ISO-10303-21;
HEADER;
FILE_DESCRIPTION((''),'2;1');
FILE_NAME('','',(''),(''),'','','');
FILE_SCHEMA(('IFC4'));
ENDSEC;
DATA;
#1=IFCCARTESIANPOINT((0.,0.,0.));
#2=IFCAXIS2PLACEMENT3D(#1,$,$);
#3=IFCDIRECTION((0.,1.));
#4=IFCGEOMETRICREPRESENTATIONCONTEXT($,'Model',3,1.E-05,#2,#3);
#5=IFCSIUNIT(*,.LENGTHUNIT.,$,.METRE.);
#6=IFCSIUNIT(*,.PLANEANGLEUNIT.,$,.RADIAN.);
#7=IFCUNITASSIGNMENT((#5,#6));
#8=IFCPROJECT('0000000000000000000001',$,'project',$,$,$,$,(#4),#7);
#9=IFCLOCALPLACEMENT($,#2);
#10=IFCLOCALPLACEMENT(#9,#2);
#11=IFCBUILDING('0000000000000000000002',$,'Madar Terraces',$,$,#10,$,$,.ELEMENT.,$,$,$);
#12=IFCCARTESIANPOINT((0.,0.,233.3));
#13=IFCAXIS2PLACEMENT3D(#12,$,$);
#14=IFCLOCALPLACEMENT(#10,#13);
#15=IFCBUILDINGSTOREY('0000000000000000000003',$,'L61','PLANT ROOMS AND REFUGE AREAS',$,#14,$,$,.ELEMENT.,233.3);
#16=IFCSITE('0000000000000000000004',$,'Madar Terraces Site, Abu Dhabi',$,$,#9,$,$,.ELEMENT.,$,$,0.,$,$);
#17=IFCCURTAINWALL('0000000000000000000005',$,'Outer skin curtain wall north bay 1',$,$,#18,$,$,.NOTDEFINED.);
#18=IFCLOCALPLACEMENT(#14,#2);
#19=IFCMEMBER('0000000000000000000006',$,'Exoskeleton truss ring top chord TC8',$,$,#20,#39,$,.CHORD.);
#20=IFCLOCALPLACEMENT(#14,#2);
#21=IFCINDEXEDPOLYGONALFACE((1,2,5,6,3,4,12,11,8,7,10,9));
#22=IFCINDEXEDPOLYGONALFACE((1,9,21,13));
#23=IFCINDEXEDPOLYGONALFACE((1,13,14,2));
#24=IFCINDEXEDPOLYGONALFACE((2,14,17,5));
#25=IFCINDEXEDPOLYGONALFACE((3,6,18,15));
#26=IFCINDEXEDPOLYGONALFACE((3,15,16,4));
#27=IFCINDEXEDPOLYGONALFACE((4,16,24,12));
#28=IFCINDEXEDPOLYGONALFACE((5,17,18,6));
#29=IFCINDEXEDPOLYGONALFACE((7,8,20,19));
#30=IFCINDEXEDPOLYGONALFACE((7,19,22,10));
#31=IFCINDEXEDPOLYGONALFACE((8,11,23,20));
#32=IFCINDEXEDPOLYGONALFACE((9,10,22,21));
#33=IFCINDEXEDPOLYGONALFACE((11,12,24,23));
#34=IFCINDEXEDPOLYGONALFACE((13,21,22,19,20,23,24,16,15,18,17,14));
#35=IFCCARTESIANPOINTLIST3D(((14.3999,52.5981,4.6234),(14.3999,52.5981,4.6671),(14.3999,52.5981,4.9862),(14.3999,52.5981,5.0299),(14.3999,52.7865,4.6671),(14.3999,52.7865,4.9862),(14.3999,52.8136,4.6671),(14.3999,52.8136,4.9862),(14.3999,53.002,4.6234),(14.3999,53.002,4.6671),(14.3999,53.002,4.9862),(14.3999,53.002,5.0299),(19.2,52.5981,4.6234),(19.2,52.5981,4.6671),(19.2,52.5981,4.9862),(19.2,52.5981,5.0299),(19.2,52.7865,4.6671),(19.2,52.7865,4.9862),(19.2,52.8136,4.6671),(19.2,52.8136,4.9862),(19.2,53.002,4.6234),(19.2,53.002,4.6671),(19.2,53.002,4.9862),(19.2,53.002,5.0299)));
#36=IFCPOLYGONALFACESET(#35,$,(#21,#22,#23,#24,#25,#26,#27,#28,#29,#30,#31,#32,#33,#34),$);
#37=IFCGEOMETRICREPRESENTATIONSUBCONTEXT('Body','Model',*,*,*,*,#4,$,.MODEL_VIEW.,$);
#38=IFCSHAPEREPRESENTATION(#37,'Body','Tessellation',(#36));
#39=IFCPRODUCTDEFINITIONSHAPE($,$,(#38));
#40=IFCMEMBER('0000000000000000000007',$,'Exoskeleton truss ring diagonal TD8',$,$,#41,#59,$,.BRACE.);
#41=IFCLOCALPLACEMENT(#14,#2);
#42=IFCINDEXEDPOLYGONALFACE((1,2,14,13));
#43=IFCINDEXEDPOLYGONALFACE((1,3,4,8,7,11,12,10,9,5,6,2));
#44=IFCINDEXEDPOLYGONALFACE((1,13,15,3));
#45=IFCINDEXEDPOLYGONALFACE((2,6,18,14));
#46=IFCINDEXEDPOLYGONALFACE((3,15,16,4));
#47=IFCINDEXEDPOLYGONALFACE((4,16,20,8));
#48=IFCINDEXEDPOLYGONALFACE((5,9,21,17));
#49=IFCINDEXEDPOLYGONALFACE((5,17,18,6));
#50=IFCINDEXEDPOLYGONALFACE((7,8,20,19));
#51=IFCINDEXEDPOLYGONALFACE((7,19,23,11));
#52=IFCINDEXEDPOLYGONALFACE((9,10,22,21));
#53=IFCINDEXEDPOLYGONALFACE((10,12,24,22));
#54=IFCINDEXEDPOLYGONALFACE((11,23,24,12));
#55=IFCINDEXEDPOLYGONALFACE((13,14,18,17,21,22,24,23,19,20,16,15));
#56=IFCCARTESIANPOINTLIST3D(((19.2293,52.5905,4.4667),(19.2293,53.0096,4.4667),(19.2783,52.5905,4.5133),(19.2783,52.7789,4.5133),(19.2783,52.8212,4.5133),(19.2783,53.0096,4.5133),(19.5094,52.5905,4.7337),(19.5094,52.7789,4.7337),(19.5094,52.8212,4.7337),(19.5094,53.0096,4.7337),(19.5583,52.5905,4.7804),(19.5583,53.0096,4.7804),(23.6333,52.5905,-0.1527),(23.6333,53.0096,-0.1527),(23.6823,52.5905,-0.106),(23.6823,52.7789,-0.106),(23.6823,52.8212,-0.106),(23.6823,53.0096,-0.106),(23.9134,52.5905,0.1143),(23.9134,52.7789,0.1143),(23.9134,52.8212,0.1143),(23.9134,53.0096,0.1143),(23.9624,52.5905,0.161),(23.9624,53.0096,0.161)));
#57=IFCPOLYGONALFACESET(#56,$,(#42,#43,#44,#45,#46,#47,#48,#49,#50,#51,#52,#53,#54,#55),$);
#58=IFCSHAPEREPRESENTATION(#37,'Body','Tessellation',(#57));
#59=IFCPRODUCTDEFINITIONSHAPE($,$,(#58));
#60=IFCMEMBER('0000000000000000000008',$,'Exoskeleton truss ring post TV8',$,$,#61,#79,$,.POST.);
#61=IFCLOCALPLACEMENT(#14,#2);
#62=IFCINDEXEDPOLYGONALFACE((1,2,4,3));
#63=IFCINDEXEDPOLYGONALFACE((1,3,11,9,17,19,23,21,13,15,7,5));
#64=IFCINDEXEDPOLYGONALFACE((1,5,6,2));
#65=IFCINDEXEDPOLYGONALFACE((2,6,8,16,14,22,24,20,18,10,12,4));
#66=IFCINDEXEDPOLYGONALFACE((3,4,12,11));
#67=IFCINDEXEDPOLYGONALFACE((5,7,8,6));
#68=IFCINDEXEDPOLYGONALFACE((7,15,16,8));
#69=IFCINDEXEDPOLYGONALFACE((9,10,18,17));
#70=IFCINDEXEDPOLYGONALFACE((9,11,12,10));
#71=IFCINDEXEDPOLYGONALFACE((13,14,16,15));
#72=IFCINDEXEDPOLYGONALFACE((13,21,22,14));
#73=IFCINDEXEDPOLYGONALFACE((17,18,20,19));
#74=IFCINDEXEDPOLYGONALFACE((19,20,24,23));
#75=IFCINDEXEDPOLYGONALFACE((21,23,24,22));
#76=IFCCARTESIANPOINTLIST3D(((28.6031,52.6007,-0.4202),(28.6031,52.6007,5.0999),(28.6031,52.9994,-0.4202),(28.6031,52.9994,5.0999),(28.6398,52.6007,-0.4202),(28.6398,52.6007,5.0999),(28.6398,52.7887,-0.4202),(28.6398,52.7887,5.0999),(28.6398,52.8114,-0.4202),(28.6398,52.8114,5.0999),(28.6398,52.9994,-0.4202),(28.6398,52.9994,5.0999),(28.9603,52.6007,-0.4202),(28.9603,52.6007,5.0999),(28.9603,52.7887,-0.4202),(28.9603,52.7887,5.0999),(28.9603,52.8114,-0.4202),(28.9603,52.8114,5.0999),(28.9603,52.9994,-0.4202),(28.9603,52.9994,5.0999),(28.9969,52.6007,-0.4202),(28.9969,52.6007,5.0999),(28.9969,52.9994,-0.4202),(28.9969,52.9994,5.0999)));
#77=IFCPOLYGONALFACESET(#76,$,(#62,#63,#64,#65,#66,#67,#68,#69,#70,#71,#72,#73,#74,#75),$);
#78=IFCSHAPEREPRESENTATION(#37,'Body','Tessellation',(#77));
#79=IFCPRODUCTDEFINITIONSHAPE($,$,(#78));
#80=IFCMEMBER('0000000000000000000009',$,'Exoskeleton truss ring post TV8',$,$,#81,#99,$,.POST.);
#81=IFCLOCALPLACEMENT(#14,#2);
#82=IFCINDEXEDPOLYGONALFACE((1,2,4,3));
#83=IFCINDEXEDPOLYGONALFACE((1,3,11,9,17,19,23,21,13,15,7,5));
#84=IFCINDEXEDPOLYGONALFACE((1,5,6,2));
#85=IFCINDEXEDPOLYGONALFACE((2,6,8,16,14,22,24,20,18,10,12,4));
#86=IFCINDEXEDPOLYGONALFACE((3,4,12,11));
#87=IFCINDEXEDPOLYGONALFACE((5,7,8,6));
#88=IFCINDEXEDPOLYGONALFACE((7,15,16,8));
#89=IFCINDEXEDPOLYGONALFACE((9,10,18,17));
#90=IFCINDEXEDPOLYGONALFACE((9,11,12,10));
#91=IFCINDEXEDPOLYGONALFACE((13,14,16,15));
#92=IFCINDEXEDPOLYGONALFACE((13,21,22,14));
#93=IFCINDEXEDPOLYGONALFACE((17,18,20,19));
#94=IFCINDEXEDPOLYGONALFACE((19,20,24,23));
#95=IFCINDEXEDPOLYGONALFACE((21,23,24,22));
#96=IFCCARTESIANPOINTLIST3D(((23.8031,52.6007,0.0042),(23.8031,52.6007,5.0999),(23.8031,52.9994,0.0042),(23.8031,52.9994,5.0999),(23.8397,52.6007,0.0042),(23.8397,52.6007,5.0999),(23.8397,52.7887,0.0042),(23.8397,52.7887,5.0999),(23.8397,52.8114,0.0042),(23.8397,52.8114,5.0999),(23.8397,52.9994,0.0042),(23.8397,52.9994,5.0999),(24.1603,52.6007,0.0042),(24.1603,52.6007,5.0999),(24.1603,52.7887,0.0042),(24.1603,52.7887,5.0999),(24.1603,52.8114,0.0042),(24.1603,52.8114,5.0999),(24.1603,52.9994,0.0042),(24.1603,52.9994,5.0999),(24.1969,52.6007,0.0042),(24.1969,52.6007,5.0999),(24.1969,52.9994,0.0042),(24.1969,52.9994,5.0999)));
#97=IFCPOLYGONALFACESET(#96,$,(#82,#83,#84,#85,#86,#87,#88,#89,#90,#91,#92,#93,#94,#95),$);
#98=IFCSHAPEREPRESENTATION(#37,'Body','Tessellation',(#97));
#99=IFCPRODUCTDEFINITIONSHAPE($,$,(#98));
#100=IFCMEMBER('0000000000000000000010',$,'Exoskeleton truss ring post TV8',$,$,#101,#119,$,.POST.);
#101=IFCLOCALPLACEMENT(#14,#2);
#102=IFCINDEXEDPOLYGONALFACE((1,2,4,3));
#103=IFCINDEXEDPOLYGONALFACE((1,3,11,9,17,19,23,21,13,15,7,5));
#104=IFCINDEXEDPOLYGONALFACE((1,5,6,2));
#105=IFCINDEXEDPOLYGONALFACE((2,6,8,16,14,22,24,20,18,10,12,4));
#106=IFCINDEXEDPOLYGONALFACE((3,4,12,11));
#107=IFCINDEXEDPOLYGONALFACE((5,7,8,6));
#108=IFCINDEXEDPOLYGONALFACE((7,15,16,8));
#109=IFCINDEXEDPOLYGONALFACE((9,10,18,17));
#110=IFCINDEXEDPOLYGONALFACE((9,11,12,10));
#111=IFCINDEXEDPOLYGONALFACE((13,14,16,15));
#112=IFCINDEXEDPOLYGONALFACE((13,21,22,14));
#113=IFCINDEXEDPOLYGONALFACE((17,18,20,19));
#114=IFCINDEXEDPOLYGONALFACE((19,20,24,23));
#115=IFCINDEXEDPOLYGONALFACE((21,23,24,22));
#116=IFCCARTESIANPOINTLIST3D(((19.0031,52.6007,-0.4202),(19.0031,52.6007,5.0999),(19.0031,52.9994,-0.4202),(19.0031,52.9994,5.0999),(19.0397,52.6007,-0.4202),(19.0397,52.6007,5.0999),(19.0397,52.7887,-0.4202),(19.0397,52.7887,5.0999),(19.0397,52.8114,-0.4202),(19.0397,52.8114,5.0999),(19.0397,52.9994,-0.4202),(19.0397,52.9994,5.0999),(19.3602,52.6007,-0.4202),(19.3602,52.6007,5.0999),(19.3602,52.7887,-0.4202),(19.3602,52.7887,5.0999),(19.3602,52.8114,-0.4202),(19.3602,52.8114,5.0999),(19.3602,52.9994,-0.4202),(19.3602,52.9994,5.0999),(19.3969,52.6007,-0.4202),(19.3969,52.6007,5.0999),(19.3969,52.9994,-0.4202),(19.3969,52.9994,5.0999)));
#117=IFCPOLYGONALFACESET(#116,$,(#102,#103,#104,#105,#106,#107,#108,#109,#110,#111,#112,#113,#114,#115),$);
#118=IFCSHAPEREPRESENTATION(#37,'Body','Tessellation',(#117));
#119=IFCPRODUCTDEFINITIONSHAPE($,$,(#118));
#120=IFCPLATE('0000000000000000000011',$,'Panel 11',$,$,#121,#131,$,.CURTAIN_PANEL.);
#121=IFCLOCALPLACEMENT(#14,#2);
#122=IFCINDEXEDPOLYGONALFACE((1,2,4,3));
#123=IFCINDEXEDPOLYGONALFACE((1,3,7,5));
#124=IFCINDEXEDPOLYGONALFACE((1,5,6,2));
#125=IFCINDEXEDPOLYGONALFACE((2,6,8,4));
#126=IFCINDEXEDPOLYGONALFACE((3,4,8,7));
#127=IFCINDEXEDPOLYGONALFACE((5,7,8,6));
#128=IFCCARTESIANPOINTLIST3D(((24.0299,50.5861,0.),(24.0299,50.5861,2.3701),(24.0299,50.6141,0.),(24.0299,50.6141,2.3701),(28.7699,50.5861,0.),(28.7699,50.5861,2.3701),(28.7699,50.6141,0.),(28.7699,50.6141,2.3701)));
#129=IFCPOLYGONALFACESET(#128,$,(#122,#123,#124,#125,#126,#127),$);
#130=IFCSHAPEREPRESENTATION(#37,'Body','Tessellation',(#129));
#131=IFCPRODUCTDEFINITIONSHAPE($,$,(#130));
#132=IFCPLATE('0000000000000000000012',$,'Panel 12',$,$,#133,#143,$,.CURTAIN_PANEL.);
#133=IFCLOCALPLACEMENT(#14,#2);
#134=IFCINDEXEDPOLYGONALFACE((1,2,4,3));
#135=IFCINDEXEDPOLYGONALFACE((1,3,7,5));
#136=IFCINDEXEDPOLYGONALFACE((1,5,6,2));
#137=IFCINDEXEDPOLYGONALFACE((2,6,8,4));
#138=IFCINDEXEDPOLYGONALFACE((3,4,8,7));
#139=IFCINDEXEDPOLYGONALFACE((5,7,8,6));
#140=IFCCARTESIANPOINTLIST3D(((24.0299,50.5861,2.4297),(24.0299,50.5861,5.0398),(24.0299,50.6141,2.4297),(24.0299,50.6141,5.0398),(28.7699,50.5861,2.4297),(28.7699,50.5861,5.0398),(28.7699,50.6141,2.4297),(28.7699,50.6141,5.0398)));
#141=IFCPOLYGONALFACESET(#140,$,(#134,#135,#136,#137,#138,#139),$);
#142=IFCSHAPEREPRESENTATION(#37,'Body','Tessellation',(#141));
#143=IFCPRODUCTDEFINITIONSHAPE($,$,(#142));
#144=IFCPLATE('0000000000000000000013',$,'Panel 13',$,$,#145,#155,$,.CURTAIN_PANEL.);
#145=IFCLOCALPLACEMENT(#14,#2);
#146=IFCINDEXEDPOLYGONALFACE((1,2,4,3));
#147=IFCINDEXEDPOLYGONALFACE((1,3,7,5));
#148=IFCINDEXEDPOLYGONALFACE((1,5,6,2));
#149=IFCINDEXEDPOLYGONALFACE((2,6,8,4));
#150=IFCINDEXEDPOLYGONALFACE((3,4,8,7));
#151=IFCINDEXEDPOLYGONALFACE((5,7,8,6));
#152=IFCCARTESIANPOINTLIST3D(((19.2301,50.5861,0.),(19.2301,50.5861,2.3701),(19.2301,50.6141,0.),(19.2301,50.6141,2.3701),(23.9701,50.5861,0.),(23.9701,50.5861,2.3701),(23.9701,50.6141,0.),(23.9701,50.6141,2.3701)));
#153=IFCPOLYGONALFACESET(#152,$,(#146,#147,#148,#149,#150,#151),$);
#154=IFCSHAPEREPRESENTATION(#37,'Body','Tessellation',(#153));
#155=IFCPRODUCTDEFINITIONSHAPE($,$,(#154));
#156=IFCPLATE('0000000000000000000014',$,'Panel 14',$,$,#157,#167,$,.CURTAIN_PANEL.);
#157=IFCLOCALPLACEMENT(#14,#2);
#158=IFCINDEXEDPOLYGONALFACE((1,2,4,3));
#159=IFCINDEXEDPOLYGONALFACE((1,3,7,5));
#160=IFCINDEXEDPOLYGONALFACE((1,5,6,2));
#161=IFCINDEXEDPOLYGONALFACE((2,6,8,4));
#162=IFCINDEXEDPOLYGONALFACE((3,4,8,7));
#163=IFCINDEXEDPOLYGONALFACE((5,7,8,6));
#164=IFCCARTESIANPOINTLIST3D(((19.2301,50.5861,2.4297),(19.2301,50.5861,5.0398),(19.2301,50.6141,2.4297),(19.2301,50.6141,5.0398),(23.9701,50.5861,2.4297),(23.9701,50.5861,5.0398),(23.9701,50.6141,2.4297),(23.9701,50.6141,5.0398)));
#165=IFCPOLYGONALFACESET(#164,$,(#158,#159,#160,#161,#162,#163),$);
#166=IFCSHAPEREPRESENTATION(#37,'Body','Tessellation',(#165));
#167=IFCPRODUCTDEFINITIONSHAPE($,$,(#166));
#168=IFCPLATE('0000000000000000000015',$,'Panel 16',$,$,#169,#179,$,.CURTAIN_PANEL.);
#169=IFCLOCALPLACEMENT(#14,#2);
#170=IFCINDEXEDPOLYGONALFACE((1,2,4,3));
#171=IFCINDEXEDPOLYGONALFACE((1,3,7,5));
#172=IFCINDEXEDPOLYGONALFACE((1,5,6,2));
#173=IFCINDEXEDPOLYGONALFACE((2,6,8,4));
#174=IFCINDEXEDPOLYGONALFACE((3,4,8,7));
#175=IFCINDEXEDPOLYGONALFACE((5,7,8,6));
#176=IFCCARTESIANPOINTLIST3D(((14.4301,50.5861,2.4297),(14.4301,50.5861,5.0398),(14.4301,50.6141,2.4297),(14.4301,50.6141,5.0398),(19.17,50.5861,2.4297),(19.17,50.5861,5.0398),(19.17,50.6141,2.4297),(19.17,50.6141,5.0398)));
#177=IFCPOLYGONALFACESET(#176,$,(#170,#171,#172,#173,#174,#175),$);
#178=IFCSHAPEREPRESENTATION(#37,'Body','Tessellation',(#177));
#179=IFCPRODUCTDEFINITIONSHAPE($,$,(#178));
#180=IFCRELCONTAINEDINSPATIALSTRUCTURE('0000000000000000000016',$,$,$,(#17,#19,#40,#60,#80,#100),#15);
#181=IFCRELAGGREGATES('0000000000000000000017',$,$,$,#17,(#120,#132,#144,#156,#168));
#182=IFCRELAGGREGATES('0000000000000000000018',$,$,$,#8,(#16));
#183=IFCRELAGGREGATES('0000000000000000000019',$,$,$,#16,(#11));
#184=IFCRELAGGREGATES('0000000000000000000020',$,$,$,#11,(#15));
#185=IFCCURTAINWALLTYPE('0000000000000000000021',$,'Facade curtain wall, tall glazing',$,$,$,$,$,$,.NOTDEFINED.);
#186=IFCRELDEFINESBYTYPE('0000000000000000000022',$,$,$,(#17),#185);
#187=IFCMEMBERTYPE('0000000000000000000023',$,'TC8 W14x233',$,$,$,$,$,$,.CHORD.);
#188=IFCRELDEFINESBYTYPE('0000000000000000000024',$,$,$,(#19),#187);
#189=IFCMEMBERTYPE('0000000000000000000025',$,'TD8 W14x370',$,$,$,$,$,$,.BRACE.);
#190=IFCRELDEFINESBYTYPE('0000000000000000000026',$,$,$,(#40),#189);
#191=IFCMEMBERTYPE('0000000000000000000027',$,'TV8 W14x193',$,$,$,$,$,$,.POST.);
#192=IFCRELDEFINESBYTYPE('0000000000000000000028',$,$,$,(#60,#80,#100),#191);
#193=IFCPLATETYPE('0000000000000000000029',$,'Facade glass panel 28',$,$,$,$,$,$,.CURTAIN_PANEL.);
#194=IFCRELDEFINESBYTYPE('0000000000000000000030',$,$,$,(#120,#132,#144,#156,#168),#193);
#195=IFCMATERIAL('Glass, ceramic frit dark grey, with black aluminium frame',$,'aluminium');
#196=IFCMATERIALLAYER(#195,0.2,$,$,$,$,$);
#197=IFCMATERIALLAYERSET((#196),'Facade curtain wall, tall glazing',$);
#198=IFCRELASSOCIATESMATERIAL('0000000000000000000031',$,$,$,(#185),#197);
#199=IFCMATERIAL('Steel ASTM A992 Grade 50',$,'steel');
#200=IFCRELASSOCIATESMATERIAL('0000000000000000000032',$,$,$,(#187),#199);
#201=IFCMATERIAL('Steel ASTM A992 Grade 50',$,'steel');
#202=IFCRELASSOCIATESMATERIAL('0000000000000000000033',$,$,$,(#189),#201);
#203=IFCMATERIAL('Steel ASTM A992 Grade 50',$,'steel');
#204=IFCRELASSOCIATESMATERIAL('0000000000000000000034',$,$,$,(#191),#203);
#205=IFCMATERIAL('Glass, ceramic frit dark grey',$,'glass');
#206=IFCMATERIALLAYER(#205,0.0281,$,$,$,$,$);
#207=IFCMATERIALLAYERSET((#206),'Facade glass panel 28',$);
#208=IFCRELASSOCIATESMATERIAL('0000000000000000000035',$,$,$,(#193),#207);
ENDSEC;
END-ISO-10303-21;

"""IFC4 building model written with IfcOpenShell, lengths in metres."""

from ifc_helpers import new_model, si_unit, direction, frame, origin, origin_2d, place, context, subcontext, project, spatial, rectangle, i_section, extrude, material, layer, layer_set, material_profile, profile_set, type_object, element, aggregate, save


model = new_model("IFC4")

# Units and contexts
model_context = context("Model", 3, precision=1e-05, world=origin(), true_north=direction((0.0, 1.0)))
body_context = subcontext(model_context, "Body", "Model", "MODEL_VIEW")
ifc_project = project(units=[si_unit("LENGTHUNIT", "METRE"), si_unit("PLANEANGLEUNIT", "RADIAN")], contexts=[model_context])

# Site, building, storey
site_placement = place(None, origin())
site = spatial("IfcSite", under=ifc_project, at=site_placement, Name="Madar Terraces Site, Abu Dhabi", CompositionType="ELEMENT", RefElevation=0.0)
building_placement = place(site_placement, origin())
building = spatial("IfcBuilding", under=site, at=building_placement, Name="Madar Terraces", CompositionType="ELEMENT")
storey_placement = place(building_placement, frame((0.0, 0.0, 233.3)))
storey = spatial("IfcBuildingStorey", under=building, at=storey_placement, Name="L61", Description="PLANT ROOMS AND REFUGE AREAS", CompositionType="ELEMENT", Elevation=233.3)

# Curtain wall
ifc_material_1 = material(Name="Glass, ceramic frit dark grey, with black aluminium frame", Category="aluminium")
ifc_layer_1 = layer(ifc_material_1, 0.2)
ifc_layer_set_1 = layer_set([ifc_layer_1], Name="Facade curtain wall, tall glazing")
curtain_wall_type = type_object("IfcCurtainWallType", Name="Facade curtain wall, tall glazing", PredefinedType="NOTDEFINED", material=ifc_layer_set_1)
curtain_wall_placement = place(storey_placement, origin())
curtain_wall = element("IfcCurtainWall", 1, at=curtain_wall_placement, inside=storey, type_object=curtain_wall_type, Name="Outer skin curtain wall north bay 1", PredefinedType="NOTDEFINED")

# Members
ifc_material_2 = material(Name="Steel ASTM A992 Grade 50", Category="steel")
ifc_material_profile_1 = material_profile(ifc_material_2, i_section(OverallWidth=0.4038, OverallDepth=0.4065, WebThickness=0.0271, FlangeThickness=0.0437, at=origin_2d()), Name="W14x233")
ifc_profile_set_1 = profile_set([ifc_material_profile_1], Name="Steel ASTM A992 Grade 50")
member_type_1 = type_object("IfcMemberType", Name="TC8 W14x233", PredefinedType="CHORD", material=ifc_profile_set_1)
for number, where, z_axis, x_axis, name in (
    (2, (19.2, 52.8, 4.8267), (-1.0, 0.0, 0.0), (0.0, -1.0, 0.0), "Exoskeleton truss ring top chord TC8"),
):
    element("IfcMember", number, at=place(storey_placement, frame(where, z_axis=z_axis, x_axis=x_axis)), inside=storey, type_object=member_type_1, Name=name, PredefinedType="CHORD", context=body_context, shape_type="SweptSolid", body=[
        extrude(i_section(OverallWidth=0.4038, OverallDepth=0.4065, WebThickness=0.0271, FlangeThickness=0.0437, at=origin_2d()), origin(), (0.0, 0.0, 1.0), 4.8),
    ])
ifc_material_3 = material(Name="Steel ASTM A992 Grade 50", Category="steel")
ifc_material_profile_2 = material_profile(ifc_material_3, i_section(OverallWidth=0.4192, OverallDepth=0.4546, WebThickness=0.0422, FlangeThickness=0.0676, at=origin_2d()), Name="W14x370")
ifc_profile_set_2 = profile_set([ifc_material_profile_2], Name="Steel ASTM A992 Grade 50")
member_type_2 = type_object("IfcMemberType", Name="TD8 W14x370", PredefinedType="BRACE", material=ifc_profile_set_2)
member_1_placement = place(storey_placement, frame((23.7979, 52.8, 0.0042), z_axis=(-0.690036, 0.0, 0.723775), x_axis=(0.0, -1.0, 0.0)))
element("IfcMember", 3, at=member_1_placement, inside=storey, type_object=member_type_2, Name="Exoskeleton truss ring diagonal TD8", PredefinedType="BRACE", context=body_context, shape_type="SweptSolid", body=[
    extrude(i_section(OverallWidth=0.4192, OverallDepth=0.4546, WebThickness=0.0422, FlangeThickness=0.0676, at=origin_2d()), origin(), (0.0, 0.0, 1.0), 6.3823),
])
ifc_material_4 = material(Name="Steel ASTM A992 Grade 50", Category="steel")
ifc_material_profile_3 = material_profile(ifc_material_4, i_section(OverallWidth=0.3987, OverallDepth=0.3938, WebThickness=0.0227, FlangeThickness=0.0366, at=origin_2d()), Name="W14x193")
ifc_profile_set_3 = profile_set([ifc_material_profile_3], Name="Steel ASTM A992 Grade 50")
member_type_3 = type_object("IfcMemberType", Name="TV8 W14x193", PredefinedType="POST", material=ifc_profile_set_3)
member_2_placement = place(storey_placement, frame((28.8, 52.8, -0.4202), z_axis=(0.0, 0.0, 1.0), x_axis=(0.0, -1.0, 0.0)))
element("IfcMember", 4, at=member_2_placement, inside=storey, type_object=member_type_3, Name="Exoskeleton truss ring post TV8", PredefinedType="POST", context=body_context, shape_type="SweptSolid", body=[
    extrude(i_section(OverallWidth=0.3987, OverallDepth=0.3938, WebThickness=0.0227, FlangeThickness=0.0366, at=origin_2d()), origin(), (0.0, 0.0, 1.0), 5.52),
])
member_3_placement = place(storey_placement, frame((24.0, 52.8, 0.0042), z_axis=(0.0, 0.0, 1.0), x_axis=(0.0, -1.0, 0.0)))
element("IfcMember", 5, at=member_3_placement, inside=storey, type_object=member_type_3, Name="Exoskeleton truss ring post TV8", PredefinedType="POST", context=body_context, shape_type="SweptSolid", body=[
    extrude(i_section(OverallWidth=0.3987, OverallDepth=0.3938, WebThickness=0.0227, FlangeThickness=0.0366, at=origin_2d()), origin(), (0.0, 0.0, 1.0), 5.0957),
])
member_4_placement = place(storey_placement, frame((19.2, 52.8, -0.4202), z_axis=(0.0, 0.0, 1.0), x_axis=(0.0, -1.0, 0.0)))
element("IfcMember", 6, at=member_4_placement, inside=storey, type_object=member_type_3, Name="Exoskeleton truss ring post TV8", PredefinedType="POST", context=body_context, shape_type="SweptSolid", body=[
    extrude(i_section(OverallWidth=0.3987, OverallDepth=0.3938, WebThickness=0.0227, FlangeThickness=0.0366, at=origin_2d()), origin(), (0.0, 0.0, 1.0), 5.52),
])

# Plates
ifc_material_5 = material(Name="Glass, ceramic frit dark grey", Category="glass")
ifc_layer_2 = layer(ifc_material_5, 0.0281)
ifc_layer_set_2 = layer_set([ifc_layer_2], Name="Facade glass panel 28")
plate_type = type_object("IfcPlateType", Name="Facade glass panel 28", PredefinedType="CURTAIN_PANEL", material=ifc_layer_set_2)
plate_1_placement = place(storey_placement, frame((26.3999, 50.6001, 0.0), z_axis=(0.0, 0.0, 1.0), x_axis=(-1.0, 0.0, 0.0)))
plate_1 = element("IfcPlate", 7, at=plate_1_placement, type_object=plate_type, Name="Panel 11", PredefinedType="CURTAIN_PANEL", context=body_context, shape_type="SweptSolid", body=[
    extrude(rectangle(XDim=4.74, YDim=0.0281, at=origin_2d()), origin(), (0.0, 0.0, 1.0), 2.3701),
])
plate_2_placement = place(storey_placement, frame((26.3999, 50.6001, 2.4297), z_axis=(0.0, 0.0, 1.0), x_axis=(-1.0, 0.0, 0.0)))
plate_2 = element("IfcPlate", 8, at=plate_2_placement, type_object=plate_type, Name="Panel 12", PredefinedType="CURTAIN_PANEL", context=body_context, shape_type="SweptSolid", body=[
    extrude(rectangle(XDim=4.74, YDim=0.0281, at=origin_2d()), origin(), (0.0, 0.0, 1.0), 2.6101),
])
plate_3_placement = place(storey_placement, frame((21.6001, 50.6001, 0.0), z_axis=(0.0, 0.0, 1.0), x_axis=(-1.0, 0.0, 0.0)))
plate_3 = element("IfcPlate", 9, at=plate_3_placement, type_object=plate_type, Name="Panel 13", PredefinedType="CURTAIN_PANEL", context=body_context, shape_type="SweptSolid", body=[
    extrude(rectangle(XDim=4.74, YDim=0.0281, at=origin_2d()), origin(), (0.0, 0.0, 1.0), 2.3701),
])
plate_4_placement = place(storey_placement, frame((21.6001, 50.6001, 2.4297), z_axis=(0.0, 0.0, 1.0), x_axis=(-1.0, 0.0, 0.0)))
plate_4 = element("IfcPlate", 10, at=plate_4_placement, type_object=plate_type, Name="Panel 14", PredefinedType="CURTAIN_PANEL", context=body_context, shape_type="SweptSolid", body=[
    extrude(rectangle(XDim=4.74, YDim=0.0281, at=origin_2d()), origin(), (0.0, 0.0, 1.0), 2.6101),
])
plate_5_placement = place(storey_placement, frame((16.8, 50.6001, 2.4297), z_axis=(0.0, 0.0, 1.0), x_axis=(-1.0, 0.0, 0.0)))
plate_5 = element("IfcPlate", 11, at=plate_5_placement, type_object=plate_type, Name="Panel 16", PredefinedType="CURTAIN_PANEL", context=body_context, shape_type="SweptSolid", body=[
    extrude(rectangle(XDim=4.74, YDim=0.0281, at=origin_2d()), origin(), (0.0, 0.0, 1.0), 2.6101),
])
aggregate(curtain_wall, [plate_1, plate_2, plate_3, plate_4, plate_5])

save(model, "model.ifc")
